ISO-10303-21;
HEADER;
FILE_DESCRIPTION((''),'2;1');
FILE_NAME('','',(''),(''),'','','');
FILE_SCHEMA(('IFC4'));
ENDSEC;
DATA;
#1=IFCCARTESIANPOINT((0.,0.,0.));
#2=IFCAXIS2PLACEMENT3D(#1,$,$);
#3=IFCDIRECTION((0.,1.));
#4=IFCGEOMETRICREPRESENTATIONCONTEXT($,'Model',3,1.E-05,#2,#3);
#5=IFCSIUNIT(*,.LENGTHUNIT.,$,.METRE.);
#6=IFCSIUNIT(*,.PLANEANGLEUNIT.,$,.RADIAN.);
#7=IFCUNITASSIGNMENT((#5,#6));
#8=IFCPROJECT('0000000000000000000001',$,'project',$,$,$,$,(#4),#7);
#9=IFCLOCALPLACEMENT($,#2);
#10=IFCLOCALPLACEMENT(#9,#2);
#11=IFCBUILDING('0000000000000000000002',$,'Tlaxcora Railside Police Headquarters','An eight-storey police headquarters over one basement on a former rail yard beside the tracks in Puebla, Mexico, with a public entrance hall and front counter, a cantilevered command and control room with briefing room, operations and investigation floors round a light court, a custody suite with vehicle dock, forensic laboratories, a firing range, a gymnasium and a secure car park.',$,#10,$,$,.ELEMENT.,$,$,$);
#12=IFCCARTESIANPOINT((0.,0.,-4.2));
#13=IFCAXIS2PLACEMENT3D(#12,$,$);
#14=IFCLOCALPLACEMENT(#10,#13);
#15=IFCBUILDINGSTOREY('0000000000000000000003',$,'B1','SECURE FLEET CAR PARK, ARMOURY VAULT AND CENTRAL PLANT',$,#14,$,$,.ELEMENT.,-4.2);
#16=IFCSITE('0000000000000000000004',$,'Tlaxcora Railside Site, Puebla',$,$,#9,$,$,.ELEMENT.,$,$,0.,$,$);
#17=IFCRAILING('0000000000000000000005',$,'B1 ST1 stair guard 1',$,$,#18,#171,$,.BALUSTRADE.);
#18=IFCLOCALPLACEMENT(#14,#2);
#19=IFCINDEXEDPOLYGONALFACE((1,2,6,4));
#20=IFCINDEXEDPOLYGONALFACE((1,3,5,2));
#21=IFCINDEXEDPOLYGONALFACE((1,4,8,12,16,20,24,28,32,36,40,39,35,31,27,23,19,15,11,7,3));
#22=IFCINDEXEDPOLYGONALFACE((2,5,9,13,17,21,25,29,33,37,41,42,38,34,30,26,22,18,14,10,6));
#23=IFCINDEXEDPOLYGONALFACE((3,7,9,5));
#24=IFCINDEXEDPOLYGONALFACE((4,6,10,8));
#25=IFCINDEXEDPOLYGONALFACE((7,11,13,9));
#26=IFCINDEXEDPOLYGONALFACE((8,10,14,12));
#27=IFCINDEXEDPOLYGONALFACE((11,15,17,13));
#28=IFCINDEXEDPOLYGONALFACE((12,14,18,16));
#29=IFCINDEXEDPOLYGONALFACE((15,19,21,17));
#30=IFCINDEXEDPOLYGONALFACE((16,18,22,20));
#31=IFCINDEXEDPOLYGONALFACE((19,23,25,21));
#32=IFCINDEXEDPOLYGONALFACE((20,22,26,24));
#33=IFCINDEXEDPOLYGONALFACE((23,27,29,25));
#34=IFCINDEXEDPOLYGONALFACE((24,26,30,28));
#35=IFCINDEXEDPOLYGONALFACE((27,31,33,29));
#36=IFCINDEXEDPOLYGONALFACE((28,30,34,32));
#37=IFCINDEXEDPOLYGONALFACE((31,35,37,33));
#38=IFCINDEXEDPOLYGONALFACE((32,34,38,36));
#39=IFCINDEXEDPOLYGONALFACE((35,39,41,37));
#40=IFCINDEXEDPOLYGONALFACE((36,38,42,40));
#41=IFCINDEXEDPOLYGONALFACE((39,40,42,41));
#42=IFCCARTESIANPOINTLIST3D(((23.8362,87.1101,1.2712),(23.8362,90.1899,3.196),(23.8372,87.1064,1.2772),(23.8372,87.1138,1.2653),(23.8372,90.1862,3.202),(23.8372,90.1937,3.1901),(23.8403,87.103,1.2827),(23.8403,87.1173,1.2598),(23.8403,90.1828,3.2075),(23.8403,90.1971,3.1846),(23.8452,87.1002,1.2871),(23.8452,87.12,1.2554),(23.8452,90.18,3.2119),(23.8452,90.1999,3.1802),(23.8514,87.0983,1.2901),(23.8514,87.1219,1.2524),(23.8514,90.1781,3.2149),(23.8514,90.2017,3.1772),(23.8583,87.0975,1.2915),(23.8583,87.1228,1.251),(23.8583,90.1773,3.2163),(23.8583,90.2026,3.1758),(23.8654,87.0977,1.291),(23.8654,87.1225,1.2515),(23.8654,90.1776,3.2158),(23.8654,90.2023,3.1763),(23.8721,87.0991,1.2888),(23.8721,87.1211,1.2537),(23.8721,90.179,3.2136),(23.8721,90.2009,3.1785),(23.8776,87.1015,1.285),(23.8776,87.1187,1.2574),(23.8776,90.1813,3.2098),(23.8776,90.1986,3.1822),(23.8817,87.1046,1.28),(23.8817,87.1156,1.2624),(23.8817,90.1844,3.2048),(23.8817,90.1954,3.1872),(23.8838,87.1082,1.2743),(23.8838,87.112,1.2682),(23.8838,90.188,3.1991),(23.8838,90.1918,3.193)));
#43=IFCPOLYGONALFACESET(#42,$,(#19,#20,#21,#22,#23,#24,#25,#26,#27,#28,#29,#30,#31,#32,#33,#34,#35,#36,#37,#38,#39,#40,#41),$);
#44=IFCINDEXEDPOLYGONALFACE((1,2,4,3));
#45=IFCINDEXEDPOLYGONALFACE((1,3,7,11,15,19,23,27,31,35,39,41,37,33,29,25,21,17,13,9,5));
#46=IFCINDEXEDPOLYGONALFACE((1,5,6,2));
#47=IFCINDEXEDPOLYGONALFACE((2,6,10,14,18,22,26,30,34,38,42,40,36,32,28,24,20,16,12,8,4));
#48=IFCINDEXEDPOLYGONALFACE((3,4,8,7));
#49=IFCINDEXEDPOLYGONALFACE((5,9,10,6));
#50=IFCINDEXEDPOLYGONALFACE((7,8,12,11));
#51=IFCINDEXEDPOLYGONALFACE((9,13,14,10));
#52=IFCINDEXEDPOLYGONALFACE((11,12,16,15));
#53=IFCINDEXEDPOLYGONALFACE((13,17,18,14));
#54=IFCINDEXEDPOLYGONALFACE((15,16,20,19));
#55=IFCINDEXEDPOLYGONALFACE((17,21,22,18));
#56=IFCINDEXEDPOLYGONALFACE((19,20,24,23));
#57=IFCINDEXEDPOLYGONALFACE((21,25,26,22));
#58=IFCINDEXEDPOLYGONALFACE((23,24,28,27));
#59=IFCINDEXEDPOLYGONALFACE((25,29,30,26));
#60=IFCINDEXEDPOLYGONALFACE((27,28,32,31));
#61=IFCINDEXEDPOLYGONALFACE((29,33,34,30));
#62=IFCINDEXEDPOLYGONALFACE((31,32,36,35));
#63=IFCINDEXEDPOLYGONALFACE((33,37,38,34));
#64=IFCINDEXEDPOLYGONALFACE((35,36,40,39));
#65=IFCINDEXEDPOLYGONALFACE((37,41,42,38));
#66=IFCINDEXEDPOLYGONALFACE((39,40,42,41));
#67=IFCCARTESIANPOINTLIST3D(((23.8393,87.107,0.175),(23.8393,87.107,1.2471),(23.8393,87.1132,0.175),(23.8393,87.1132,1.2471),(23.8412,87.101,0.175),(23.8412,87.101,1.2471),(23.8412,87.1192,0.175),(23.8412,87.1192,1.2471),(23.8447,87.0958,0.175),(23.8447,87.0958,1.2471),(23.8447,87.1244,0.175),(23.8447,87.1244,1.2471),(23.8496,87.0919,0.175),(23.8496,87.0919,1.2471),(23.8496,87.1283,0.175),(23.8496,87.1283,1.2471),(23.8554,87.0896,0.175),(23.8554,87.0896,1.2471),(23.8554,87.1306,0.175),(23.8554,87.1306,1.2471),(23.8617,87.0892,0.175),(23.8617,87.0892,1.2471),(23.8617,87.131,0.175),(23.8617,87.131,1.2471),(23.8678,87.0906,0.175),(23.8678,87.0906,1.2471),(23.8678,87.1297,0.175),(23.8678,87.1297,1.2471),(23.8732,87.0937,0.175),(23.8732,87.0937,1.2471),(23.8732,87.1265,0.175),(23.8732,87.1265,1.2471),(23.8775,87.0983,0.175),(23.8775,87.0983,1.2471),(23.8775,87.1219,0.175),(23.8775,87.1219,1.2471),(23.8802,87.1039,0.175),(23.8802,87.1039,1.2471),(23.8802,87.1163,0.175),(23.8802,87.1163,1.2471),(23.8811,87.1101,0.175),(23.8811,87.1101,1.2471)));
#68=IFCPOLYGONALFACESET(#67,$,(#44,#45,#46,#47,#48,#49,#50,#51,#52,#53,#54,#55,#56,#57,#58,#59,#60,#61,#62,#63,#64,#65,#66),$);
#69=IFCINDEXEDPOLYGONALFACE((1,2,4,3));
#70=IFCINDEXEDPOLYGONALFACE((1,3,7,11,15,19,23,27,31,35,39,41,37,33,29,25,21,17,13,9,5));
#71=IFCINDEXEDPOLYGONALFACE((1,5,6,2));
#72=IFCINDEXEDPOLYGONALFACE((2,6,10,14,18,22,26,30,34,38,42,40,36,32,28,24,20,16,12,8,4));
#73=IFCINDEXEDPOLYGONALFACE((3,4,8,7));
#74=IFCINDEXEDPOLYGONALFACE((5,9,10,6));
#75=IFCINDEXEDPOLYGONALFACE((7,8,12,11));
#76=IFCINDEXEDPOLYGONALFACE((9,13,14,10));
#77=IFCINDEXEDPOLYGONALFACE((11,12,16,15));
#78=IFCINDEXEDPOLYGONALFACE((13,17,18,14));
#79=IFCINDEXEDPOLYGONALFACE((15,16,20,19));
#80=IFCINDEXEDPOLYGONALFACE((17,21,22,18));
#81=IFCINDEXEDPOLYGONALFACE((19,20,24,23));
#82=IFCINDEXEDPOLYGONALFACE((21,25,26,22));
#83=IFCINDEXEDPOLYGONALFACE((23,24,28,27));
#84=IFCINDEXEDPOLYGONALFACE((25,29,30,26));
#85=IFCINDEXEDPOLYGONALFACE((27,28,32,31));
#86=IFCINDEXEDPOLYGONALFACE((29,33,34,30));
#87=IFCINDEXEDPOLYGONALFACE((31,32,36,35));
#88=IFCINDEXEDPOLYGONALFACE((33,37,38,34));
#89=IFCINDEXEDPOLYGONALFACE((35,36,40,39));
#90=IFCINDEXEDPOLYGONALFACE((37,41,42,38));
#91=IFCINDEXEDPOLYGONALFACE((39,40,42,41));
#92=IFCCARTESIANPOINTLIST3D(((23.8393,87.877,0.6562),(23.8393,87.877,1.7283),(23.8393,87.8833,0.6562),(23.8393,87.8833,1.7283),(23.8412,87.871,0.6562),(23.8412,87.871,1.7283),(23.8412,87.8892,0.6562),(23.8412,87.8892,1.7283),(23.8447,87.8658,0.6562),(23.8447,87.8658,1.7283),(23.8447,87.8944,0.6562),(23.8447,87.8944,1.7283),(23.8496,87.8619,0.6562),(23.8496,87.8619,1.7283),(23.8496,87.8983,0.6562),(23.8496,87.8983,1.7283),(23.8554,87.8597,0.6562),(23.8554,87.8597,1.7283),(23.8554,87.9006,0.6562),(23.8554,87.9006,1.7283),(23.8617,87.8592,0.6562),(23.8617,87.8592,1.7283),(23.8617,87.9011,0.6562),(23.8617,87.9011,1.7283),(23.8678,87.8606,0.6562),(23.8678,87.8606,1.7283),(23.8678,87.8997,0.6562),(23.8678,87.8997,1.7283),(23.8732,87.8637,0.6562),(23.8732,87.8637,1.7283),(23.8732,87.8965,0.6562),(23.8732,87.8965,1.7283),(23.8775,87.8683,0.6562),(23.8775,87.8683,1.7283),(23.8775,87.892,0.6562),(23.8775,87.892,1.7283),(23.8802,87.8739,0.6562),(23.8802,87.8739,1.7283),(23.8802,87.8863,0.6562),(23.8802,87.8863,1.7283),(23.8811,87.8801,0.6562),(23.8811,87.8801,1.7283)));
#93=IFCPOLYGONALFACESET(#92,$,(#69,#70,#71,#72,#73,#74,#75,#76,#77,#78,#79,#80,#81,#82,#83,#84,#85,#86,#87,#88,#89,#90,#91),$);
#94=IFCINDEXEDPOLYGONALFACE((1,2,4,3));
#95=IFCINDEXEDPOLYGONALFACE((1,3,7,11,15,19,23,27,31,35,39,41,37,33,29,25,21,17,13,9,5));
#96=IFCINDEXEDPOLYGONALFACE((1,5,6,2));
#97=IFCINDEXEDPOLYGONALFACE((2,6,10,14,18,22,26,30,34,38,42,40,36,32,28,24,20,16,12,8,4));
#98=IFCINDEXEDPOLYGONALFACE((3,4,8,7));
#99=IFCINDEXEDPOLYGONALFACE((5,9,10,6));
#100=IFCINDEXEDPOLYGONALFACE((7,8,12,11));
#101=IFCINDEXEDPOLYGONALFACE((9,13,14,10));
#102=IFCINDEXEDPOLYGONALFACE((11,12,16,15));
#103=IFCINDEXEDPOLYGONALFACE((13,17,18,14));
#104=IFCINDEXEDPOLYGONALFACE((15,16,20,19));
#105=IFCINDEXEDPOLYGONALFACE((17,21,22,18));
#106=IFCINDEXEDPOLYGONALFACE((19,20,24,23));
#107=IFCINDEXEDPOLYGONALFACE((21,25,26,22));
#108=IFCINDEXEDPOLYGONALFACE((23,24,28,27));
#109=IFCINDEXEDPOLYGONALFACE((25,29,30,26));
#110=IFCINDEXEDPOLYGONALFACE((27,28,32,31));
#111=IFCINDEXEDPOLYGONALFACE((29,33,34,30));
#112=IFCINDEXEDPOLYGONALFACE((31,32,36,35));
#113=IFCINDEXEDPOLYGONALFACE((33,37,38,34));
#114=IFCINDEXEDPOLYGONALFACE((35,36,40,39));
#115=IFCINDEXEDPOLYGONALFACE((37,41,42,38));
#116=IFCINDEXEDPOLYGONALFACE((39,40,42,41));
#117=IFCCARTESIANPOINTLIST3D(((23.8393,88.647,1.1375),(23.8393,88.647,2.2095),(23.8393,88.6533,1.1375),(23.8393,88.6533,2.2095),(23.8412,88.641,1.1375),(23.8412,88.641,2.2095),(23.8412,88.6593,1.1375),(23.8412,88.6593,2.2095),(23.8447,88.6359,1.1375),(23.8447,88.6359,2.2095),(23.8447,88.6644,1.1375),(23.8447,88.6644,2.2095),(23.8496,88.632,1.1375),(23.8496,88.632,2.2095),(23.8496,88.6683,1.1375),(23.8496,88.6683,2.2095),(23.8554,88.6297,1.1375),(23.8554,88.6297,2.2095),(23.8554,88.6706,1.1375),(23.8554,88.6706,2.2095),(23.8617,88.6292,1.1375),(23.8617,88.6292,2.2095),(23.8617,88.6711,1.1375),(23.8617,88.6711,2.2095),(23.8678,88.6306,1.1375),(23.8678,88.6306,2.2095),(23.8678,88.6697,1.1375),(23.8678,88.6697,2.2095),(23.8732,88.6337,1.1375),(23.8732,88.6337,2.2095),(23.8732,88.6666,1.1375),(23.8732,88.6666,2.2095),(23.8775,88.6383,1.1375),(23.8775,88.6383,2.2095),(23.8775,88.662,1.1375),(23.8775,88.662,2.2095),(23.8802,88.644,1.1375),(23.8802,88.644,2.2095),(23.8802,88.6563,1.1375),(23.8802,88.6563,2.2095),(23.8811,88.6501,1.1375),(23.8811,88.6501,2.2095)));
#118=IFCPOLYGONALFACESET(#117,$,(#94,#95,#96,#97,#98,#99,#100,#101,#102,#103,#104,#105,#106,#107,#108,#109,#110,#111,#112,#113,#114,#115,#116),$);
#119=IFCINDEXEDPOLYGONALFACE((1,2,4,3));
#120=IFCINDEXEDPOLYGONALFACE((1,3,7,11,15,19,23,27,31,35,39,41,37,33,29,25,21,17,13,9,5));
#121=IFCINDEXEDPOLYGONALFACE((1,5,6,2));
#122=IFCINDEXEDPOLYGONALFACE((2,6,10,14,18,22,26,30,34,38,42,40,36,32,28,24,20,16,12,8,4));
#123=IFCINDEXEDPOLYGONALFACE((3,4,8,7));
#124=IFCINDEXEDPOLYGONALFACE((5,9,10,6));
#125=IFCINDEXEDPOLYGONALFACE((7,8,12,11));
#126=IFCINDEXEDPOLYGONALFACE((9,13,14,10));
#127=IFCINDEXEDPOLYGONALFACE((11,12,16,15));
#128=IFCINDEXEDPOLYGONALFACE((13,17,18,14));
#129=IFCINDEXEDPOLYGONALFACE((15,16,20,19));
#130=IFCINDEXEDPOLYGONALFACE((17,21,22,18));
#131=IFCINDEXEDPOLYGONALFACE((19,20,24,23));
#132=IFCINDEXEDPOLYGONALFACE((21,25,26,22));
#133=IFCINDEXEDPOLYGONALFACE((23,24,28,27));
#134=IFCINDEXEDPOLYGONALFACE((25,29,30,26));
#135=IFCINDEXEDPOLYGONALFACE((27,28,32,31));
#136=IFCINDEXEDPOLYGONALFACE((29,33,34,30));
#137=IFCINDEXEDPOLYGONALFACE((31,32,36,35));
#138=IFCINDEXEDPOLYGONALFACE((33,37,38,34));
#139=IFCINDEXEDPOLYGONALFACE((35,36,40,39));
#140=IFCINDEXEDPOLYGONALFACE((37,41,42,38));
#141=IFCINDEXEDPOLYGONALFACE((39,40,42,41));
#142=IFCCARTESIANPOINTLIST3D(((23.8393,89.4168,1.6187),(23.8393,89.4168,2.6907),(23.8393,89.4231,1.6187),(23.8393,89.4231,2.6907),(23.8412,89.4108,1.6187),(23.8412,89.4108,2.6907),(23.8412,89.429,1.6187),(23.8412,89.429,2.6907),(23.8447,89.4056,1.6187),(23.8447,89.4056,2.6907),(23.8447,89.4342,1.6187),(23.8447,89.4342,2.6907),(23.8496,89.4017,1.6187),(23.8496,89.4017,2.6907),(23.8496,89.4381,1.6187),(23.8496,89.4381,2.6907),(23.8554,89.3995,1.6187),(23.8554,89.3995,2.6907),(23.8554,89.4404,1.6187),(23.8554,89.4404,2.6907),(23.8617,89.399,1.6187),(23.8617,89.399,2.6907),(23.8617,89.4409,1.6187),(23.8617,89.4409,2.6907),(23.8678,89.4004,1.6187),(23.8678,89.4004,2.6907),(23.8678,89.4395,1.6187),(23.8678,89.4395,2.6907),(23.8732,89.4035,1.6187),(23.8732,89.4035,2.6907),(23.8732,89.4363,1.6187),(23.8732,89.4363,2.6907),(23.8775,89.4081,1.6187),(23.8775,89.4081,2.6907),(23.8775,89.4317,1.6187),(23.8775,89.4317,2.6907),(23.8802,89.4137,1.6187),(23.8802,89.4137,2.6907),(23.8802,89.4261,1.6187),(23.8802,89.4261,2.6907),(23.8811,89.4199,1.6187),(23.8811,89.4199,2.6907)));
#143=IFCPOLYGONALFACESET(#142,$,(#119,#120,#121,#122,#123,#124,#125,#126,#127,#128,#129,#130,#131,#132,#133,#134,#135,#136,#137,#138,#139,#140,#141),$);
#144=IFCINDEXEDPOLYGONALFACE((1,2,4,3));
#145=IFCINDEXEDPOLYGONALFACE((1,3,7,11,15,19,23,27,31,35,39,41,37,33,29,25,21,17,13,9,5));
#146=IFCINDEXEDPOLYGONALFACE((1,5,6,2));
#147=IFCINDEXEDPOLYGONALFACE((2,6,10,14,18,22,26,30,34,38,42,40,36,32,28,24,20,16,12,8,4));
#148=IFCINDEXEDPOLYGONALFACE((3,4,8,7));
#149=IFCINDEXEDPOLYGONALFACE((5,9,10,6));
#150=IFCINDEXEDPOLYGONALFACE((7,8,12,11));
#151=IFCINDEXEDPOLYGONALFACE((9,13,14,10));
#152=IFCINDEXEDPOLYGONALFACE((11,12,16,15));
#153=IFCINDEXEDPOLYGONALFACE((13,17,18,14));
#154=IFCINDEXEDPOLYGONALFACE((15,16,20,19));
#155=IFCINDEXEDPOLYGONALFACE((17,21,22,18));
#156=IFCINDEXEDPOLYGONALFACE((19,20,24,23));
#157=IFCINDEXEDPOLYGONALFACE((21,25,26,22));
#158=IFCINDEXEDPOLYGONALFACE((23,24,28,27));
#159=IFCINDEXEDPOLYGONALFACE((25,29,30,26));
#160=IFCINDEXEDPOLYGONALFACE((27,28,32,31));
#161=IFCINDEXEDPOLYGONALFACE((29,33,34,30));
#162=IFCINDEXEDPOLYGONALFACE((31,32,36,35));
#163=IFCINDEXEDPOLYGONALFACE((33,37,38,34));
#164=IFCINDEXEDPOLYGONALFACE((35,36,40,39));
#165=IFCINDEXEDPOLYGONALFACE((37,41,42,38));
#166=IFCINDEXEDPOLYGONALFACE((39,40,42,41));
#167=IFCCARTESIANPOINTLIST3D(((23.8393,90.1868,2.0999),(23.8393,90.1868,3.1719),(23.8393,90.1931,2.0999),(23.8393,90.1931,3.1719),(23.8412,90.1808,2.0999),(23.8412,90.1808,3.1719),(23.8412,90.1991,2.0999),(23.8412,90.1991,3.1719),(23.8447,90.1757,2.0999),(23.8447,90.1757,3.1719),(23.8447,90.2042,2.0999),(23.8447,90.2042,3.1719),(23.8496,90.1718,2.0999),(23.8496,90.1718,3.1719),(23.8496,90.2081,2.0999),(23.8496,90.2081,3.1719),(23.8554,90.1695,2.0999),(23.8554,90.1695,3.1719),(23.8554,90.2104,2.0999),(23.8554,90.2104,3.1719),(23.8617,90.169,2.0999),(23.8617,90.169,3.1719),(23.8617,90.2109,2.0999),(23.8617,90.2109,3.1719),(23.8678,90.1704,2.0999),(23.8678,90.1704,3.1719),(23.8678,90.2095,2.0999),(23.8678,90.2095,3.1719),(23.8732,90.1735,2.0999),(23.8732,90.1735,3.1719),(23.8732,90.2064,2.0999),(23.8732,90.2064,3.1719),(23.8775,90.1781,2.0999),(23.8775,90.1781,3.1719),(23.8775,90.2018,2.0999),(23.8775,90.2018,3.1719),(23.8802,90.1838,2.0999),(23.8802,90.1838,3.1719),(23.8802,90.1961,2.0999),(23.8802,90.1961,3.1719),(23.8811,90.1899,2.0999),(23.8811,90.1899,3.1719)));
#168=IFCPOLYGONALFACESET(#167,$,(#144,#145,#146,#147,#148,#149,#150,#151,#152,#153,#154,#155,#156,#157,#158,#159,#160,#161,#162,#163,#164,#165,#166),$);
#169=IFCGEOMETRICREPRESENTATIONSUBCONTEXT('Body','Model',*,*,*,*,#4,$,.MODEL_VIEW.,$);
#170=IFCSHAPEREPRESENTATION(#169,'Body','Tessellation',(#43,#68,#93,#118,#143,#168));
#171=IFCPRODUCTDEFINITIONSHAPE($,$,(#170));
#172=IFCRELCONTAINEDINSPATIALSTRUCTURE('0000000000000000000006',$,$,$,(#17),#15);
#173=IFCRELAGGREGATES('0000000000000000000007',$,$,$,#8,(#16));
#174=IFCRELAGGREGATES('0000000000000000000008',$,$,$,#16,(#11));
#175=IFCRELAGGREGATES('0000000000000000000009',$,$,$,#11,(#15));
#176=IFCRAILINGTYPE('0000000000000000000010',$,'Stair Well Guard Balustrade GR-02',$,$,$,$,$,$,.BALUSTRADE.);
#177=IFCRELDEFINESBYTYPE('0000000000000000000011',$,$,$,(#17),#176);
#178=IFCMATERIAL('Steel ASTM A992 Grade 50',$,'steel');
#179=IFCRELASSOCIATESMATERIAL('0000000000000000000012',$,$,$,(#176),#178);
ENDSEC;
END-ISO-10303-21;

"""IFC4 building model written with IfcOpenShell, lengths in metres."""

from ifc_helpers import new_model, si_unit, direction, frame, origin, origin_2d, place, context, subcontext, project, spatial, circle, extrude, material, type_object, element, save


model = new_model("IFC4")

# Units and contexts
model_context = context("Model", 3, precision=1e-05, world=origin(), true_north=direction((0.0, 1.0)))
body_context = subcontext(model_context, "Body", "Model", "MODEL_VIEW")
ifc_project = project(units=[si_unit("LENGTHUNIT", "METRE"), si_unit("PLANEANGLEUNIT", "RADIAN")], contexts=[model_context])

# Site, building, storey
site_placement = place(None, origin())
site = spatial("IfcSite", under=ifc_project, at=site_placement, Name="Tlaxcora Railside Site, Puebla", CompositionType="ELEMENT", RefElevation=0.0)
building_placement = place(site_placement, origin())
building = spatial("IfcBuilding", under=site, at=building_placement, Name="Tlaxcora Railside Police Headquarters", Description="An eight-storey police headquarters over one basement on a former rail yard beside the tracks in Puebla, Mexico, with a public entrance hall and front counter, a cantilevered command and control room with briefing room, operations and investigation floors round a light court, a custody suite with vehicle dock, forensic laboratories, a firing range, a gymnasium and a secure car park.", CompositionType="ELEMENT")
storey_placement = place(building_placement, frame((0.0, 0.0, -4.2)))
storey = spatial("IfcBuildingStorey", under=building, at=storey_placement, Name="B1", Description="SECURE FLEET CAR PARK, ARMOURY VAULT AND CENTRAL PLANT", CompositionType="ELEMENT", Elevation=-4.2)

# Shared definitions
ifc_material_1 = material(Name="Steel ASTM A992 Grade 50", Category="steel")

# Railing
railing_type_1 = type_object("IfcRailingType", Name="Stair Well Guard Balustrade GR-02", PredefinedType="BALUSTRADE", material=ifc_material_1)
railing_1_placement = place(storey_placement, frame((23.8601, 87.1101, 0.175)))
element("IfcRailing", 1, at=railing_1_placement, inside=storey, type_object=railing_type_1, Name="B1 ST1 stair guard 1", PredefinedType="BALUSTRADE", context=body_context, shape_type="SweptSolid", body=[
    extrude(circle(Radius=0.0239, at=origin_2d()), frame((0.0, 0.0, 1.0962), z_axis=(0.0, 0.84801, 0.529981), x_axis=(-1.0, 0.0, 0.0)), (0.0, 0.0, 1.0), 3.6318),
    extrude(circle(Radius=0.021, at=origin_2d()), origin(), (0.0, 0.0, 1.0), 1.072),
    extrude(circle(Radius=0.021, at=origin_2d()), frame((0.0, 0.77, 0.4812)), (0.0, 0.0, 1.0), 1.072),
    extrude(circle(Radius=0.021, at=origin_2d()), frame((0.0, 1.54, 0.9624)), (0.0, 0.0, 1.0), 1.072),
    extrude(circle(Radius=0.021, at=origin_2d()), frame((0.0, 2.3098, 1.4436)), (0.0, 0.0, 1.0), 1.072),
    extrude(circle(Radius=0.021, at=origin_2d()), frame((0.0, 3.0798, 1.9248)), (0.0, 0.0, 1.0), 1.072),
])

save(model, "model.ifc")
